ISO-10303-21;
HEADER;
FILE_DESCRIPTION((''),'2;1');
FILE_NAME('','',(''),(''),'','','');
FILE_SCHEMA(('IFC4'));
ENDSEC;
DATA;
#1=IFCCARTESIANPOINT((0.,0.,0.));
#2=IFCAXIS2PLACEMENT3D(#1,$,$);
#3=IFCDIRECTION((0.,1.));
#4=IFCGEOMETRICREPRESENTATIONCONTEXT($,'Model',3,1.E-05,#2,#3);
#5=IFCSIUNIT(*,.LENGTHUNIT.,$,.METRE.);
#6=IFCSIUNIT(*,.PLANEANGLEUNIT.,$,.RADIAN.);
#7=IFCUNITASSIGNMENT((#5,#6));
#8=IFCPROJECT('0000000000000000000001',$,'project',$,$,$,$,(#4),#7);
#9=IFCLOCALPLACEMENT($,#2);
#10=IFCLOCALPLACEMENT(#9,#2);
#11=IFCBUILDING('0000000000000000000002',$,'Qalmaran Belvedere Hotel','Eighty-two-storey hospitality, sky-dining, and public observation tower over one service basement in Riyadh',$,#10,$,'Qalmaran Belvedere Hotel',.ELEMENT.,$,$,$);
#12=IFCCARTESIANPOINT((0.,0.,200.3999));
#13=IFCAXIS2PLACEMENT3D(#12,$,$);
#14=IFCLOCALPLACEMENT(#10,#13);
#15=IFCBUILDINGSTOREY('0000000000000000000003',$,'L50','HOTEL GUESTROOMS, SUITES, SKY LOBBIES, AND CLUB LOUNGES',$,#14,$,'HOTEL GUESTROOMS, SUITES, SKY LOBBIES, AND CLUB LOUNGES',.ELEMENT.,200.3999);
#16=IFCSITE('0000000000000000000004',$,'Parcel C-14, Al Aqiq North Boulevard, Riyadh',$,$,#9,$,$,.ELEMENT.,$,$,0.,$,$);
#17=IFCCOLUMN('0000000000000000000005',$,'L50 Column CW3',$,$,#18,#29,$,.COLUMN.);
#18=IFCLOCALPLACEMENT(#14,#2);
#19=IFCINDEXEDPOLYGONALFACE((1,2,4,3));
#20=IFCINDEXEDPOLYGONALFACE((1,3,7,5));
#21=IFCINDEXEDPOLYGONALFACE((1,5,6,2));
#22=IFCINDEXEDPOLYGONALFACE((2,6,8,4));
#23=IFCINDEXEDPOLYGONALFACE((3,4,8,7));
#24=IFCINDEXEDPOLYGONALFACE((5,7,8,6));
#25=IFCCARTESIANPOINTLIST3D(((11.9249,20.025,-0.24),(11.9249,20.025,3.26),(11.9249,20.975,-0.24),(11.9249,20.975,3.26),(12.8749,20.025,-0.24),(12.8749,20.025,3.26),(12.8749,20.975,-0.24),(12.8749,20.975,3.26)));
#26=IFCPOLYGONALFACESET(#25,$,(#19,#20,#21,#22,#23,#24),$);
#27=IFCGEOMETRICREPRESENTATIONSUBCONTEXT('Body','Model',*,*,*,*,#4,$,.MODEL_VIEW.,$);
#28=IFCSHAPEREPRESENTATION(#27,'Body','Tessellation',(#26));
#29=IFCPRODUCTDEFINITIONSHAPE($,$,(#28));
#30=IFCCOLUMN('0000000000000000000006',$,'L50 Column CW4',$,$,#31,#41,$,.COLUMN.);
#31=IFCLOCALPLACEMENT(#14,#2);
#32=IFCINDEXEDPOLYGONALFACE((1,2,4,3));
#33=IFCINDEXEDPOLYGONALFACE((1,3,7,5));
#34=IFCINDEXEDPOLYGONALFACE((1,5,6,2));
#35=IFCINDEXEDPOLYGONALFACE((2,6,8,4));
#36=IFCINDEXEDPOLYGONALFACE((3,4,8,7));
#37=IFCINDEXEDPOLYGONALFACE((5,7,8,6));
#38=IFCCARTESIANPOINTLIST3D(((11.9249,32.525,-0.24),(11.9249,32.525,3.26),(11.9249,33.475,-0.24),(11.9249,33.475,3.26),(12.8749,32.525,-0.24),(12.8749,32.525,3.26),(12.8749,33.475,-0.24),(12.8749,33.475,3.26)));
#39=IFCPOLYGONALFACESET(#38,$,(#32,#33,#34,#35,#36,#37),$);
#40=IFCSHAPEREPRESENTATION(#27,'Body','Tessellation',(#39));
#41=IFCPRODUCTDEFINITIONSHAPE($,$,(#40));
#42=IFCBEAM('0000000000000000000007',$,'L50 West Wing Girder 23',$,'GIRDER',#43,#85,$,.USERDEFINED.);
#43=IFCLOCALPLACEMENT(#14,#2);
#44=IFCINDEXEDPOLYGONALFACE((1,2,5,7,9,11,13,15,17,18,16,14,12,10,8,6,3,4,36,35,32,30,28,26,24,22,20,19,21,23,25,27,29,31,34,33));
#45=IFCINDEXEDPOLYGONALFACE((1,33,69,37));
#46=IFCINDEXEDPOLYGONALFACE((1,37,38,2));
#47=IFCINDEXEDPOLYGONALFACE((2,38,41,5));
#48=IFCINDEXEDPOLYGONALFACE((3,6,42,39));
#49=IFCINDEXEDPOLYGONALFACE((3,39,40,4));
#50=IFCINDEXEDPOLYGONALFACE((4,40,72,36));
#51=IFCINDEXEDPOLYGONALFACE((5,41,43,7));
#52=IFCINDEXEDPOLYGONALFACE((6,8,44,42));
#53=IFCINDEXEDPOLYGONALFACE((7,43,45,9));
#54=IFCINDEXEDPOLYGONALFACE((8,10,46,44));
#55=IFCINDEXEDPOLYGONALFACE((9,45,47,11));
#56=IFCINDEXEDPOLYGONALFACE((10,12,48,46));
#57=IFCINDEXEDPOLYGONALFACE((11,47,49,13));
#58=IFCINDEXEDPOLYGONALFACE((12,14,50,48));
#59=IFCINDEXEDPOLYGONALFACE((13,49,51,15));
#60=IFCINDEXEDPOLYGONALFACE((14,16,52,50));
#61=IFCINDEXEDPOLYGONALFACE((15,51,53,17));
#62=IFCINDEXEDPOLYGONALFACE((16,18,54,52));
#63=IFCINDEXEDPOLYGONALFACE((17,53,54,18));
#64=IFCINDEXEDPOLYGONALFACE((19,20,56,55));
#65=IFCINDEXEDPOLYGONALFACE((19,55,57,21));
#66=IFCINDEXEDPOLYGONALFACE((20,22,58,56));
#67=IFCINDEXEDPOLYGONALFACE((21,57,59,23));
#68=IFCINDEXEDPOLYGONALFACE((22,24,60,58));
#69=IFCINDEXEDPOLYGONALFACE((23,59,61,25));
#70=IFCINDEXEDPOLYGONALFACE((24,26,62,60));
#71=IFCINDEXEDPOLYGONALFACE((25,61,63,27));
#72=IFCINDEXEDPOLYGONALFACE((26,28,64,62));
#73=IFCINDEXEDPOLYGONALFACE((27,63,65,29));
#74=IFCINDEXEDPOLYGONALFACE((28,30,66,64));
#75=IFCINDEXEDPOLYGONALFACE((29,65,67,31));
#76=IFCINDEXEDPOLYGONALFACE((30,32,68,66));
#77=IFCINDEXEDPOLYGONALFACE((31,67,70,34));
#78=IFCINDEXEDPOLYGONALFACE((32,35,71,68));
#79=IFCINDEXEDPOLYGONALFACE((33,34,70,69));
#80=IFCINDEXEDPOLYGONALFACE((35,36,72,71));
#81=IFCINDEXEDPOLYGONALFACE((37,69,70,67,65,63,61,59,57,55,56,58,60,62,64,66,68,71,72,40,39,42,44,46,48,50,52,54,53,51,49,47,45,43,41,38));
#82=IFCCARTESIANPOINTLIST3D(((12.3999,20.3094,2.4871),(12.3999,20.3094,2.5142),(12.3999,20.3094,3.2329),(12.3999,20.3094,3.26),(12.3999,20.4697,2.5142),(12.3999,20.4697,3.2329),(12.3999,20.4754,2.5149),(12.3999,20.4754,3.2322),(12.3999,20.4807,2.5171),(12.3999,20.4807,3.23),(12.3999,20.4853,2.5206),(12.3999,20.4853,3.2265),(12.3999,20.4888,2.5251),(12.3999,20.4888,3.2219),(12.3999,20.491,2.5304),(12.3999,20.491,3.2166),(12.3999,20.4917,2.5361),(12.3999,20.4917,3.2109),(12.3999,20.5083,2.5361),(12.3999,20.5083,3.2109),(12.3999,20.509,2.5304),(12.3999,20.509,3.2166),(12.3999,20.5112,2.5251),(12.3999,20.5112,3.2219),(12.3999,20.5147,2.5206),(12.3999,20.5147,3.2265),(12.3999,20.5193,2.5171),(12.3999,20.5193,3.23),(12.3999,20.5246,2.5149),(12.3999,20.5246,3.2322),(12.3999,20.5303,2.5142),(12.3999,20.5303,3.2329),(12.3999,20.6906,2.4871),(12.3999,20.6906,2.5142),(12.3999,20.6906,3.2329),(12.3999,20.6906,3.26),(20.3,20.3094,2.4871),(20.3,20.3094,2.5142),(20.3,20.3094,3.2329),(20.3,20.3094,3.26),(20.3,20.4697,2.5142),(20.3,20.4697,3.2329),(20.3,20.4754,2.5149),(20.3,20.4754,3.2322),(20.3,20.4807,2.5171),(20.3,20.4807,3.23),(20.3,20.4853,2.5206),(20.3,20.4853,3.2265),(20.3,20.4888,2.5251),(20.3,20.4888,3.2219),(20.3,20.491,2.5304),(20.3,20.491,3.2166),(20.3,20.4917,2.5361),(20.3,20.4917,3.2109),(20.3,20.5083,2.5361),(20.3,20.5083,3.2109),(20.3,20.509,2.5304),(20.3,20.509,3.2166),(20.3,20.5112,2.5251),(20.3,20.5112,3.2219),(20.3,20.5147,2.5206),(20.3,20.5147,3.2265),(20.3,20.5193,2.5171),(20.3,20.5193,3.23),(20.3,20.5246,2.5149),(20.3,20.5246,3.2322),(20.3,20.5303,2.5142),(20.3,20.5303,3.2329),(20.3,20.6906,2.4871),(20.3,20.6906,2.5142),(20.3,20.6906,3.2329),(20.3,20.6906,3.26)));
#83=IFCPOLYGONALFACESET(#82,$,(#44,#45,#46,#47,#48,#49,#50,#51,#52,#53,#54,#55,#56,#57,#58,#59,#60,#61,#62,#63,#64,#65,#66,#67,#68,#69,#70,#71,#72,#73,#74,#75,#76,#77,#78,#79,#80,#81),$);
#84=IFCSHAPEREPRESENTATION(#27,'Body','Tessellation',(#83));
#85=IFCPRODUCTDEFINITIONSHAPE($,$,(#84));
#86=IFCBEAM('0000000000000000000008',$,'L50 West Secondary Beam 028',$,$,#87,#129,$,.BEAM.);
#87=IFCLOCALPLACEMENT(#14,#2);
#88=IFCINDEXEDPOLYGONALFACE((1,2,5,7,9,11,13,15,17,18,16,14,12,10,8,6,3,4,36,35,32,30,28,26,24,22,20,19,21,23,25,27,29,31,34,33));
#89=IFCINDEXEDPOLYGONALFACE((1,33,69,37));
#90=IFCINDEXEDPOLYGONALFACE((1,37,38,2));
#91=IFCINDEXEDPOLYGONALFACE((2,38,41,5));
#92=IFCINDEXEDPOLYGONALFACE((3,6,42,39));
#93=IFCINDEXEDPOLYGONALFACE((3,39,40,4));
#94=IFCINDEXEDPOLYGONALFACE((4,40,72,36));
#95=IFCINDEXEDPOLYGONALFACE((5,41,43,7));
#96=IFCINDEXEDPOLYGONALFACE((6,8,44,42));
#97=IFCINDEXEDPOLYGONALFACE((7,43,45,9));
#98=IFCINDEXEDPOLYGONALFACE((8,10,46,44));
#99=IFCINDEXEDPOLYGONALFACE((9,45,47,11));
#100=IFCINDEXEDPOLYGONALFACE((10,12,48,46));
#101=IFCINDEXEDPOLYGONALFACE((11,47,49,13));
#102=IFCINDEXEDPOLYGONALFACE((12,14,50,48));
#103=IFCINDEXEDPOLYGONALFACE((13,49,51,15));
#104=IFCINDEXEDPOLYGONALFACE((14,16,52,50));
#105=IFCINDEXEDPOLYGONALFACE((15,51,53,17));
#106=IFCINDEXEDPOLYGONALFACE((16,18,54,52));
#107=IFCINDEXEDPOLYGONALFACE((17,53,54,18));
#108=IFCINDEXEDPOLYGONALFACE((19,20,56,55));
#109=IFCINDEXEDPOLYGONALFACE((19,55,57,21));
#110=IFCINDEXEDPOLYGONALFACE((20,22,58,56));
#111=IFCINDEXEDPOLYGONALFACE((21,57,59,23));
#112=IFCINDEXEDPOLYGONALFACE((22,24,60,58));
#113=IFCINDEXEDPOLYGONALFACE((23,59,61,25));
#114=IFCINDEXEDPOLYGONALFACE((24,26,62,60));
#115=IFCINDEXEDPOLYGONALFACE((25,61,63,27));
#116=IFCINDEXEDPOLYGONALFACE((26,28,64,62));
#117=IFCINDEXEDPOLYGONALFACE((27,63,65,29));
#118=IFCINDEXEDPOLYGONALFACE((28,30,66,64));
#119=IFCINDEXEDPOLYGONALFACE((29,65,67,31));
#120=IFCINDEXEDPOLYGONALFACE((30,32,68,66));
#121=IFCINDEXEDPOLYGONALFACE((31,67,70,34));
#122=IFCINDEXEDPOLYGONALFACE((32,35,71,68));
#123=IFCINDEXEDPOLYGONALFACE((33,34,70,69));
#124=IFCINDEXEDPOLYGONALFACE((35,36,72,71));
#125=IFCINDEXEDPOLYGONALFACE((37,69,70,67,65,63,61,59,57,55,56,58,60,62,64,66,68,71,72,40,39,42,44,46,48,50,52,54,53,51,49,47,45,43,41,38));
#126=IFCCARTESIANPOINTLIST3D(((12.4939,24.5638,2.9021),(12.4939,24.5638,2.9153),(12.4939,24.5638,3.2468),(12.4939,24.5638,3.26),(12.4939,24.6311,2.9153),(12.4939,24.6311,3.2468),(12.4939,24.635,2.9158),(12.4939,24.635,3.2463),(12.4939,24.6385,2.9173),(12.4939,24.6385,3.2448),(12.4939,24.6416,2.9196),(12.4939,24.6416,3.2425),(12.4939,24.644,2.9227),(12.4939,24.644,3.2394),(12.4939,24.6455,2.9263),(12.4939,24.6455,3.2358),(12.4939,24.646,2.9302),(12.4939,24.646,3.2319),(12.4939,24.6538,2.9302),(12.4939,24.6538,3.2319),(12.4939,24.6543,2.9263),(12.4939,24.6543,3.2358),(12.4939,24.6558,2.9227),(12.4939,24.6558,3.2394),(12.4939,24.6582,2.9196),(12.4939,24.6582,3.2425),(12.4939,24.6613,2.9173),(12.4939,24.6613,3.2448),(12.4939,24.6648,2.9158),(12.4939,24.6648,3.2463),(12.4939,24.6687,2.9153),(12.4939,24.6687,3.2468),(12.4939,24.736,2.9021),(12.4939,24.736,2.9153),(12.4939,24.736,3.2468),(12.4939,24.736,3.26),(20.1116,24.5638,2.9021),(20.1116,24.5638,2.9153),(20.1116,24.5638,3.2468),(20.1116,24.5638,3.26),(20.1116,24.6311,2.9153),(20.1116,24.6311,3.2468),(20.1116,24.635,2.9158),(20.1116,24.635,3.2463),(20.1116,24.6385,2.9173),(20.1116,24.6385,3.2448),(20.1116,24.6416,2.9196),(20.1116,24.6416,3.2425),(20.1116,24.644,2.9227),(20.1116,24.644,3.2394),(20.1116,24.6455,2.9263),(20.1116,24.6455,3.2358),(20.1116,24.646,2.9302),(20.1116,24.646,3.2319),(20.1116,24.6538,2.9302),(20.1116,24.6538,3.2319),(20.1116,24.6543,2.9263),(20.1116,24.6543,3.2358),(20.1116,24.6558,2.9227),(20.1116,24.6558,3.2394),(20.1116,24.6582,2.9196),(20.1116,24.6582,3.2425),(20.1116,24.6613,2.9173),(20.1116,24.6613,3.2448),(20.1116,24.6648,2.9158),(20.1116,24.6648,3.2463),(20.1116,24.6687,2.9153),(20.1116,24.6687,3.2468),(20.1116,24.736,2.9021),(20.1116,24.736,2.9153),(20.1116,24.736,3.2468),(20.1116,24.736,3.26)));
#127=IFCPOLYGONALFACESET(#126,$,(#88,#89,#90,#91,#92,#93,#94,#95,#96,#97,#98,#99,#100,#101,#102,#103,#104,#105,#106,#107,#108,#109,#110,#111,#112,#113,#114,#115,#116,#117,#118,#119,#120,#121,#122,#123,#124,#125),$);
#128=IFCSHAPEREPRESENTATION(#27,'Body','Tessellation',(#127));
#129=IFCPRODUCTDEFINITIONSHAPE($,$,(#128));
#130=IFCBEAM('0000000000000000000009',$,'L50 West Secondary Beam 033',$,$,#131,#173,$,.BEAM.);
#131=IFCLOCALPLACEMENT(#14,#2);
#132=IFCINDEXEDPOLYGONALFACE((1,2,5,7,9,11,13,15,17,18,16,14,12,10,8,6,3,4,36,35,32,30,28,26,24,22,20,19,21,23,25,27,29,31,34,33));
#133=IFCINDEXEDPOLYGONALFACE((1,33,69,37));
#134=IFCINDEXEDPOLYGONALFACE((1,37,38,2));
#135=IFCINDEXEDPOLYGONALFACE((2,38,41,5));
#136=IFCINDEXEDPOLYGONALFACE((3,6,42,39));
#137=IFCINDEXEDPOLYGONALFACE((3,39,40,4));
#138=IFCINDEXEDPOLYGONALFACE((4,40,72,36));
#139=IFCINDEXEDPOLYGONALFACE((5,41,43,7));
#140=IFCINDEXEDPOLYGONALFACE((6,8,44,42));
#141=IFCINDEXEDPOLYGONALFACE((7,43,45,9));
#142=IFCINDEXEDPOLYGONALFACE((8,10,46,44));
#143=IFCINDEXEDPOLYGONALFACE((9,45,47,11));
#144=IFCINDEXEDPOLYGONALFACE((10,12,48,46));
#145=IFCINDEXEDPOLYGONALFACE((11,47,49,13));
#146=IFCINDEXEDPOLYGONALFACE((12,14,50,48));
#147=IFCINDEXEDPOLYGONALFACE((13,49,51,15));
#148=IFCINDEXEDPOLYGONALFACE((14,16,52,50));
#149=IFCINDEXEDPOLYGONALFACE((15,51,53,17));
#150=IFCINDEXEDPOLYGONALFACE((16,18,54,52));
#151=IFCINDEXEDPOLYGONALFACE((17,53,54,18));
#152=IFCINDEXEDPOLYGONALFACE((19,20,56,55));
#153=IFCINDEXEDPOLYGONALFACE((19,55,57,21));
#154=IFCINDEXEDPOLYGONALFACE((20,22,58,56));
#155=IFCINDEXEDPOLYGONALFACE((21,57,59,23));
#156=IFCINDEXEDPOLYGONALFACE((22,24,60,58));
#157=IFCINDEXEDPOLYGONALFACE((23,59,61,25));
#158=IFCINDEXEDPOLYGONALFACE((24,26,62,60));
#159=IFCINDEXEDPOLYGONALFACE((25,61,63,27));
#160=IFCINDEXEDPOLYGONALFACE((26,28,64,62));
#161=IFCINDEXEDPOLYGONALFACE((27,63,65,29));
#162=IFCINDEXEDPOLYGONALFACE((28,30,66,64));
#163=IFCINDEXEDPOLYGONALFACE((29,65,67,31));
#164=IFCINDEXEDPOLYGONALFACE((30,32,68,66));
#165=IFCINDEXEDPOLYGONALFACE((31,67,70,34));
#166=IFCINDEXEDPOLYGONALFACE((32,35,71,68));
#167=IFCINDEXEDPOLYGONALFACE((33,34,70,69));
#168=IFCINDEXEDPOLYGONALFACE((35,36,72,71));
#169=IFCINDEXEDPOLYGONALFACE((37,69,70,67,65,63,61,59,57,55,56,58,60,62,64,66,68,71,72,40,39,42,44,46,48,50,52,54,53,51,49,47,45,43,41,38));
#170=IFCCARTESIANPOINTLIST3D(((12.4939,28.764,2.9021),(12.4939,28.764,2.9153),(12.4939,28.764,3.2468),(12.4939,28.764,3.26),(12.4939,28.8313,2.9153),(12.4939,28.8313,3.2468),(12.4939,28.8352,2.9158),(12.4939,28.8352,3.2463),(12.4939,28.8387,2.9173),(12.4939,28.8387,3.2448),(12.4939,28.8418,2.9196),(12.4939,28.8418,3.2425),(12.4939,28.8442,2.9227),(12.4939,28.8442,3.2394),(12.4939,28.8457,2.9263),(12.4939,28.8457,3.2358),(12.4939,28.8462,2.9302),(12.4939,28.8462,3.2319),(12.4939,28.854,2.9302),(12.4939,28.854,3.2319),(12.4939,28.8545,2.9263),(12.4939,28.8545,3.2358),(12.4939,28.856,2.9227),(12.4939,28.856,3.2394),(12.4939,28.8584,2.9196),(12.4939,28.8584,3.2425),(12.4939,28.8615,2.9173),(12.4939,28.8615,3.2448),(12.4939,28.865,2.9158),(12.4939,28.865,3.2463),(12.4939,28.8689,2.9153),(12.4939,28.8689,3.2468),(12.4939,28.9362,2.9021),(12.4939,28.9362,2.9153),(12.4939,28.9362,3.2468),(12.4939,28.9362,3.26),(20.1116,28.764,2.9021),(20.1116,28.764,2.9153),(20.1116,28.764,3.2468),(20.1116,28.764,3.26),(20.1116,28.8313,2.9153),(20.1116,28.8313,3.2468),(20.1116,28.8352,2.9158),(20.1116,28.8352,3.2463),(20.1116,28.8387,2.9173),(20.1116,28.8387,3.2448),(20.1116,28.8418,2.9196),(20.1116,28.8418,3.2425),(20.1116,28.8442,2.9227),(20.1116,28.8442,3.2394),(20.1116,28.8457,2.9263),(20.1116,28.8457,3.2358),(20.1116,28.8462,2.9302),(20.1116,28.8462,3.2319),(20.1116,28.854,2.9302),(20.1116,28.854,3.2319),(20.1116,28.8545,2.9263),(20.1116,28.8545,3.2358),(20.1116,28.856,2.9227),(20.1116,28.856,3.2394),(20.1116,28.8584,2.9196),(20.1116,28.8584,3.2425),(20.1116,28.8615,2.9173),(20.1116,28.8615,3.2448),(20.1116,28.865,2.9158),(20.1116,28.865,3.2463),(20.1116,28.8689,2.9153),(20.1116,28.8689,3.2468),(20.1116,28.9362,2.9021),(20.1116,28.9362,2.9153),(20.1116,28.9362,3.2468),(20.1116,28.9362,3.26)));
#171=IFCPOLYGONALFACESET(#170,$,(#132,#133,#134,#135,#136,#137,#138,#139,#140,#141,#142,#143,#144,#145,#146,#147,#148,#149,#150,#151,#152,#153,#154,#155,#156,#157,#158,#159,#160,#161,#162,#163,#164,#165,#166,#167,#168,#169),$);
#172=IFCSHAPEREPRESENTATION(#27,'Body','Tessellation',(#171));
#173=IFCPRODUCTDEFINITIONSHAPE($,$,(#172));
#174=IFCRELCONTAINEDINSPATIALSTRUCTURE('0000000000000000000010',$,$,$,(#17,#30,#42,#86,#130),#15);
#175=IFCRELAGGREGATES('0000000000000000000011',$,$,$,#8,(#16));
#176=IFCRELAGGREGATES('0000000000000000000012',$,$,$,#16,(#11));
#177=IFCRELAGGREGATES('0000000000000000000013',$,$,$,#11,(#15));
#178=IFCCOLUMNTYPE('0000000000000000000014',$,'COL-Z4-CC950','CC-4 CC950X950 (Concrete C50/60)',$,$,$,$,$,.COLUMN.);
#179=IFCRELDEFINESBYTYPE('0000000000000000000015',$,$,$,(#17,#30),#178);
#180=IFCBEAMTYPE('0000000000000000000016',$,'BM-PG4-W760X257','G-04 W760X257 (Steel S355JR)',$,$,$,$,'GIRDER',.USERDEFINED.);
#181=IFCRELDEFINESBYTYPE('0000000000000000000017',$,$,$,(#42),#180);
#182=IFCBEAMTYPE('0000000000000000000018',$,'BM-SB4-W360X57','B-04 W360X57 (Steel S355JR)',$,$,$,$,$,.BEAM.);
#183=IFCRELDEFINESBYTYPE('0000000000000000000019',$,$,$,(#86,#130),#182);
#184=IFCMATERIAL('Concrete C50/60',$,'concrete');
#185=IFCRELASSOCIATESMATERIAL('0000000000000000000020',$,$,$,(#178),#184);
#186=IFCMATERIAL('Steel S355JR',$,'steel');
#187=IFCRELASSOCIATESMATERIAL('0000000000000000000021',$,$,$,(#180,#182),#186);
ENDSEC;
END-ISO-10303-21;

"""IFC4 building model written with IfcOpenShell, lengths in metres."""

from ifc_helpers import new_model, si_unit, direction, frame, origin, origin_2d, place, context, subcontext, project, spatial, rectangle, i_section, extrude, material, material_profile, profile_set, type_object, element, save


model = new_model("IFC4")

# Units and contexts
model_context = context("Model", 3, precision=1e-05, world=origin(), true_north=direction((0.0, 1.0)))
body_context = subcontext(model_context, "Body", "Model", "MODEL_VIEW")
ifc_project = project(units=[si_unit("LENGTHUNIT", "METRE"), si_unit("PLANEANGLEUNIT", "RADIAN")], contexts=[model_context])

# Site, building, storey
site_placement = place(None, origin())
site = spatial("IfcSite", under=ifc_project, at=site_placement, Name="Parcel C-14, Al Aqiq North Boulevard, Riyadh", CompositionType="ELEMENT", RefElevation=0.0)
building_placement = place(site_placement, origin())
building = spatial("IfcBuilding", under=site, at=building_placement, Name="Qalmaran Belvedere Hotel", Description="Eighty-two-storey hospitality, sky-dining, and public observation tower over one service basement in Riyadh", LongName="Qalmaran Belvedere Hotel", CompositionType="ELEMENT")
storey_placement = place(building_placement, frame((0.0, 0.0, 200.3999)))
storey = spatial("IfcBuildingStorey", under=building, at=storey_placement, Name="L50", Description="HOTEL GUESTROOMS, SUITES, SKY LOBBIES, AND CLUB LOUNGES", LongName="HOTEL GUESTROOMS, SUITES, SKY LOBBIES, AND CLUB LOUNGES", CompositionType="ELEMENT", Elevation=200.3999)

# Columns
ifc_material_1 = material(Name="Concrete C50/60", Category="concrete")
ifc_material_profile_1 = material_profile(ifc_material_1, rectangle(XDim=0.95, YDim=0.95, at=origin_2d()), Name="CC950X950")
ifc_profile_set_1 = profile_set([ifc_material_profile_1], Name="Concrete C50/60")
column_type = type_object("IfcColumnType", Name="COL-Z4-CC950", Description="CC-4 CC950X950 (Concrete C50/60)", PredefinedType="COLUMN", material=ifc_profile_set_1)
for number, where, z_axis, x_axis, name in (
    (1, (12.3999, 20.5, -0.24), (0.0, 0.0, 1.0), (1.0, 0.0, 0.0), "L50 Column CW3"),
    (2, (12.3999, 33.0, -0.24), (0.0, 0.0, 1.0), (1.0, 0.0, 0.0), "L50 Column CW4"),
):
    element("IfcColumn", number, at=place(storey_placement, frame(where, z_axis=z_axis, x_axis=x_axis)), inside=storey, type_object=column_type, Name=name, PredefinedType="COLUMN", context=body_context, shape_type="SweptSolid", body=[
        extrude(rectangle(XDim=0.95, YDim=0.95, at=origin_2d()), origin(), (0.0, 0.0, 1.0), 3.5),
    ])

# Beams
ifc_material_2 = material(Name="Steel S355JR", Category="steel")
ifc_material_profile_2 = material_profile(ifc_material_2, i_section(OverallWidth=0.3811, OverallDepth=0.7729, WebThickness=0.0166, FlangeThickness=0.0271, FilletRadius=0.022, at=origin_2d()), Name="W760X257")
ifc_profile_set_2 = profile_set([ifc_material_profile_2], Name="Steel S355JR")
beam_type_1 = type_object("IfcBeamType", Name="BM-PG4-W760X257", Description="G-04 W760X257 (Steel S355JR)", ElementType="GIRDER", PredefinedType="USERDEFINED", material=ifc_profile_set_2)
beam_1_placement = place(storey_placement, frame((12.3999, 20.5, 2.8735), z_axis=(1.0, 0.0, 0.0), x_axis=(0.0, 1.0, 0.0)))
element("IfcBeam", 3, at=beam_1_placement, inside=storey, type_object=beam_type_1, Name="L50 West Wing Girder 23", ObjectType="GIRDER", PredefinedType="USERDEFINED", context=body_context, shape_type="SweptSolid", body=[
    extrude(i_section(OverallWidth=0.3811, OverallDepth=0.7729, WebThickness=0.0166, FlangeThickness=0.0271, FilletRadius=0.022, at=origin_2d()), origin(), (0.0, 0.0, 1.0), 7.9001),
])
ifc_material_profile_3 = material_profile(ifc_material_2, i_section(OverallWidth=0.1721, OverallDepth=0.3579, WebThickness=0.0078, FlangeThickness=0.0132, FilletRadius=0.0149, at=origin_2d()), Name="W360X57")
ifc_profile_set_3 = profile_set([ifc_material_profile_3], Name="Steel S355JR")
beam_type_2 = type_object("IfcBeamType", Name="BM-SB4-W360X57", Description="B-04 W360X57 (Steel S355JR)", PredefinedType="BEAM", material=ifc_profile_set_3)
for number, where, z_axis, x_axis, name in (
    (4, (12.4939, 24.6499, 3.0811), (1.0, 0.0, 0.0), (0.0, 1.0, 0.0), "L50 West Secondary Beam 028"),
    (5, (12.4939, 28.8501, 3.0811), (1.0, 0.0, 0.0), (0.0, 1.0, 0.0), "L50 West Secondary Beam 033"),
):
    element("IfcBeam", number, at=place(storey_placement, frame(where, z_axis=z_axis, x_axis=x_axis)), inside=storey, type_object=beam_type_2, Name=name, PredefinedType="BEAM", context=body_context, shape_type="SweptSolid", body=[
        extrude(i_section(OverallWidth=0.1721, OverallDepth=0.3579, WebThickness=0.0078, FlangeThickness=0.0132, FilletRadius=0.0149, at=origin_2d()), origin(), (0.0, 0.0, 1.0), 7.6177),
    ])

save(model, "model.ifc")
